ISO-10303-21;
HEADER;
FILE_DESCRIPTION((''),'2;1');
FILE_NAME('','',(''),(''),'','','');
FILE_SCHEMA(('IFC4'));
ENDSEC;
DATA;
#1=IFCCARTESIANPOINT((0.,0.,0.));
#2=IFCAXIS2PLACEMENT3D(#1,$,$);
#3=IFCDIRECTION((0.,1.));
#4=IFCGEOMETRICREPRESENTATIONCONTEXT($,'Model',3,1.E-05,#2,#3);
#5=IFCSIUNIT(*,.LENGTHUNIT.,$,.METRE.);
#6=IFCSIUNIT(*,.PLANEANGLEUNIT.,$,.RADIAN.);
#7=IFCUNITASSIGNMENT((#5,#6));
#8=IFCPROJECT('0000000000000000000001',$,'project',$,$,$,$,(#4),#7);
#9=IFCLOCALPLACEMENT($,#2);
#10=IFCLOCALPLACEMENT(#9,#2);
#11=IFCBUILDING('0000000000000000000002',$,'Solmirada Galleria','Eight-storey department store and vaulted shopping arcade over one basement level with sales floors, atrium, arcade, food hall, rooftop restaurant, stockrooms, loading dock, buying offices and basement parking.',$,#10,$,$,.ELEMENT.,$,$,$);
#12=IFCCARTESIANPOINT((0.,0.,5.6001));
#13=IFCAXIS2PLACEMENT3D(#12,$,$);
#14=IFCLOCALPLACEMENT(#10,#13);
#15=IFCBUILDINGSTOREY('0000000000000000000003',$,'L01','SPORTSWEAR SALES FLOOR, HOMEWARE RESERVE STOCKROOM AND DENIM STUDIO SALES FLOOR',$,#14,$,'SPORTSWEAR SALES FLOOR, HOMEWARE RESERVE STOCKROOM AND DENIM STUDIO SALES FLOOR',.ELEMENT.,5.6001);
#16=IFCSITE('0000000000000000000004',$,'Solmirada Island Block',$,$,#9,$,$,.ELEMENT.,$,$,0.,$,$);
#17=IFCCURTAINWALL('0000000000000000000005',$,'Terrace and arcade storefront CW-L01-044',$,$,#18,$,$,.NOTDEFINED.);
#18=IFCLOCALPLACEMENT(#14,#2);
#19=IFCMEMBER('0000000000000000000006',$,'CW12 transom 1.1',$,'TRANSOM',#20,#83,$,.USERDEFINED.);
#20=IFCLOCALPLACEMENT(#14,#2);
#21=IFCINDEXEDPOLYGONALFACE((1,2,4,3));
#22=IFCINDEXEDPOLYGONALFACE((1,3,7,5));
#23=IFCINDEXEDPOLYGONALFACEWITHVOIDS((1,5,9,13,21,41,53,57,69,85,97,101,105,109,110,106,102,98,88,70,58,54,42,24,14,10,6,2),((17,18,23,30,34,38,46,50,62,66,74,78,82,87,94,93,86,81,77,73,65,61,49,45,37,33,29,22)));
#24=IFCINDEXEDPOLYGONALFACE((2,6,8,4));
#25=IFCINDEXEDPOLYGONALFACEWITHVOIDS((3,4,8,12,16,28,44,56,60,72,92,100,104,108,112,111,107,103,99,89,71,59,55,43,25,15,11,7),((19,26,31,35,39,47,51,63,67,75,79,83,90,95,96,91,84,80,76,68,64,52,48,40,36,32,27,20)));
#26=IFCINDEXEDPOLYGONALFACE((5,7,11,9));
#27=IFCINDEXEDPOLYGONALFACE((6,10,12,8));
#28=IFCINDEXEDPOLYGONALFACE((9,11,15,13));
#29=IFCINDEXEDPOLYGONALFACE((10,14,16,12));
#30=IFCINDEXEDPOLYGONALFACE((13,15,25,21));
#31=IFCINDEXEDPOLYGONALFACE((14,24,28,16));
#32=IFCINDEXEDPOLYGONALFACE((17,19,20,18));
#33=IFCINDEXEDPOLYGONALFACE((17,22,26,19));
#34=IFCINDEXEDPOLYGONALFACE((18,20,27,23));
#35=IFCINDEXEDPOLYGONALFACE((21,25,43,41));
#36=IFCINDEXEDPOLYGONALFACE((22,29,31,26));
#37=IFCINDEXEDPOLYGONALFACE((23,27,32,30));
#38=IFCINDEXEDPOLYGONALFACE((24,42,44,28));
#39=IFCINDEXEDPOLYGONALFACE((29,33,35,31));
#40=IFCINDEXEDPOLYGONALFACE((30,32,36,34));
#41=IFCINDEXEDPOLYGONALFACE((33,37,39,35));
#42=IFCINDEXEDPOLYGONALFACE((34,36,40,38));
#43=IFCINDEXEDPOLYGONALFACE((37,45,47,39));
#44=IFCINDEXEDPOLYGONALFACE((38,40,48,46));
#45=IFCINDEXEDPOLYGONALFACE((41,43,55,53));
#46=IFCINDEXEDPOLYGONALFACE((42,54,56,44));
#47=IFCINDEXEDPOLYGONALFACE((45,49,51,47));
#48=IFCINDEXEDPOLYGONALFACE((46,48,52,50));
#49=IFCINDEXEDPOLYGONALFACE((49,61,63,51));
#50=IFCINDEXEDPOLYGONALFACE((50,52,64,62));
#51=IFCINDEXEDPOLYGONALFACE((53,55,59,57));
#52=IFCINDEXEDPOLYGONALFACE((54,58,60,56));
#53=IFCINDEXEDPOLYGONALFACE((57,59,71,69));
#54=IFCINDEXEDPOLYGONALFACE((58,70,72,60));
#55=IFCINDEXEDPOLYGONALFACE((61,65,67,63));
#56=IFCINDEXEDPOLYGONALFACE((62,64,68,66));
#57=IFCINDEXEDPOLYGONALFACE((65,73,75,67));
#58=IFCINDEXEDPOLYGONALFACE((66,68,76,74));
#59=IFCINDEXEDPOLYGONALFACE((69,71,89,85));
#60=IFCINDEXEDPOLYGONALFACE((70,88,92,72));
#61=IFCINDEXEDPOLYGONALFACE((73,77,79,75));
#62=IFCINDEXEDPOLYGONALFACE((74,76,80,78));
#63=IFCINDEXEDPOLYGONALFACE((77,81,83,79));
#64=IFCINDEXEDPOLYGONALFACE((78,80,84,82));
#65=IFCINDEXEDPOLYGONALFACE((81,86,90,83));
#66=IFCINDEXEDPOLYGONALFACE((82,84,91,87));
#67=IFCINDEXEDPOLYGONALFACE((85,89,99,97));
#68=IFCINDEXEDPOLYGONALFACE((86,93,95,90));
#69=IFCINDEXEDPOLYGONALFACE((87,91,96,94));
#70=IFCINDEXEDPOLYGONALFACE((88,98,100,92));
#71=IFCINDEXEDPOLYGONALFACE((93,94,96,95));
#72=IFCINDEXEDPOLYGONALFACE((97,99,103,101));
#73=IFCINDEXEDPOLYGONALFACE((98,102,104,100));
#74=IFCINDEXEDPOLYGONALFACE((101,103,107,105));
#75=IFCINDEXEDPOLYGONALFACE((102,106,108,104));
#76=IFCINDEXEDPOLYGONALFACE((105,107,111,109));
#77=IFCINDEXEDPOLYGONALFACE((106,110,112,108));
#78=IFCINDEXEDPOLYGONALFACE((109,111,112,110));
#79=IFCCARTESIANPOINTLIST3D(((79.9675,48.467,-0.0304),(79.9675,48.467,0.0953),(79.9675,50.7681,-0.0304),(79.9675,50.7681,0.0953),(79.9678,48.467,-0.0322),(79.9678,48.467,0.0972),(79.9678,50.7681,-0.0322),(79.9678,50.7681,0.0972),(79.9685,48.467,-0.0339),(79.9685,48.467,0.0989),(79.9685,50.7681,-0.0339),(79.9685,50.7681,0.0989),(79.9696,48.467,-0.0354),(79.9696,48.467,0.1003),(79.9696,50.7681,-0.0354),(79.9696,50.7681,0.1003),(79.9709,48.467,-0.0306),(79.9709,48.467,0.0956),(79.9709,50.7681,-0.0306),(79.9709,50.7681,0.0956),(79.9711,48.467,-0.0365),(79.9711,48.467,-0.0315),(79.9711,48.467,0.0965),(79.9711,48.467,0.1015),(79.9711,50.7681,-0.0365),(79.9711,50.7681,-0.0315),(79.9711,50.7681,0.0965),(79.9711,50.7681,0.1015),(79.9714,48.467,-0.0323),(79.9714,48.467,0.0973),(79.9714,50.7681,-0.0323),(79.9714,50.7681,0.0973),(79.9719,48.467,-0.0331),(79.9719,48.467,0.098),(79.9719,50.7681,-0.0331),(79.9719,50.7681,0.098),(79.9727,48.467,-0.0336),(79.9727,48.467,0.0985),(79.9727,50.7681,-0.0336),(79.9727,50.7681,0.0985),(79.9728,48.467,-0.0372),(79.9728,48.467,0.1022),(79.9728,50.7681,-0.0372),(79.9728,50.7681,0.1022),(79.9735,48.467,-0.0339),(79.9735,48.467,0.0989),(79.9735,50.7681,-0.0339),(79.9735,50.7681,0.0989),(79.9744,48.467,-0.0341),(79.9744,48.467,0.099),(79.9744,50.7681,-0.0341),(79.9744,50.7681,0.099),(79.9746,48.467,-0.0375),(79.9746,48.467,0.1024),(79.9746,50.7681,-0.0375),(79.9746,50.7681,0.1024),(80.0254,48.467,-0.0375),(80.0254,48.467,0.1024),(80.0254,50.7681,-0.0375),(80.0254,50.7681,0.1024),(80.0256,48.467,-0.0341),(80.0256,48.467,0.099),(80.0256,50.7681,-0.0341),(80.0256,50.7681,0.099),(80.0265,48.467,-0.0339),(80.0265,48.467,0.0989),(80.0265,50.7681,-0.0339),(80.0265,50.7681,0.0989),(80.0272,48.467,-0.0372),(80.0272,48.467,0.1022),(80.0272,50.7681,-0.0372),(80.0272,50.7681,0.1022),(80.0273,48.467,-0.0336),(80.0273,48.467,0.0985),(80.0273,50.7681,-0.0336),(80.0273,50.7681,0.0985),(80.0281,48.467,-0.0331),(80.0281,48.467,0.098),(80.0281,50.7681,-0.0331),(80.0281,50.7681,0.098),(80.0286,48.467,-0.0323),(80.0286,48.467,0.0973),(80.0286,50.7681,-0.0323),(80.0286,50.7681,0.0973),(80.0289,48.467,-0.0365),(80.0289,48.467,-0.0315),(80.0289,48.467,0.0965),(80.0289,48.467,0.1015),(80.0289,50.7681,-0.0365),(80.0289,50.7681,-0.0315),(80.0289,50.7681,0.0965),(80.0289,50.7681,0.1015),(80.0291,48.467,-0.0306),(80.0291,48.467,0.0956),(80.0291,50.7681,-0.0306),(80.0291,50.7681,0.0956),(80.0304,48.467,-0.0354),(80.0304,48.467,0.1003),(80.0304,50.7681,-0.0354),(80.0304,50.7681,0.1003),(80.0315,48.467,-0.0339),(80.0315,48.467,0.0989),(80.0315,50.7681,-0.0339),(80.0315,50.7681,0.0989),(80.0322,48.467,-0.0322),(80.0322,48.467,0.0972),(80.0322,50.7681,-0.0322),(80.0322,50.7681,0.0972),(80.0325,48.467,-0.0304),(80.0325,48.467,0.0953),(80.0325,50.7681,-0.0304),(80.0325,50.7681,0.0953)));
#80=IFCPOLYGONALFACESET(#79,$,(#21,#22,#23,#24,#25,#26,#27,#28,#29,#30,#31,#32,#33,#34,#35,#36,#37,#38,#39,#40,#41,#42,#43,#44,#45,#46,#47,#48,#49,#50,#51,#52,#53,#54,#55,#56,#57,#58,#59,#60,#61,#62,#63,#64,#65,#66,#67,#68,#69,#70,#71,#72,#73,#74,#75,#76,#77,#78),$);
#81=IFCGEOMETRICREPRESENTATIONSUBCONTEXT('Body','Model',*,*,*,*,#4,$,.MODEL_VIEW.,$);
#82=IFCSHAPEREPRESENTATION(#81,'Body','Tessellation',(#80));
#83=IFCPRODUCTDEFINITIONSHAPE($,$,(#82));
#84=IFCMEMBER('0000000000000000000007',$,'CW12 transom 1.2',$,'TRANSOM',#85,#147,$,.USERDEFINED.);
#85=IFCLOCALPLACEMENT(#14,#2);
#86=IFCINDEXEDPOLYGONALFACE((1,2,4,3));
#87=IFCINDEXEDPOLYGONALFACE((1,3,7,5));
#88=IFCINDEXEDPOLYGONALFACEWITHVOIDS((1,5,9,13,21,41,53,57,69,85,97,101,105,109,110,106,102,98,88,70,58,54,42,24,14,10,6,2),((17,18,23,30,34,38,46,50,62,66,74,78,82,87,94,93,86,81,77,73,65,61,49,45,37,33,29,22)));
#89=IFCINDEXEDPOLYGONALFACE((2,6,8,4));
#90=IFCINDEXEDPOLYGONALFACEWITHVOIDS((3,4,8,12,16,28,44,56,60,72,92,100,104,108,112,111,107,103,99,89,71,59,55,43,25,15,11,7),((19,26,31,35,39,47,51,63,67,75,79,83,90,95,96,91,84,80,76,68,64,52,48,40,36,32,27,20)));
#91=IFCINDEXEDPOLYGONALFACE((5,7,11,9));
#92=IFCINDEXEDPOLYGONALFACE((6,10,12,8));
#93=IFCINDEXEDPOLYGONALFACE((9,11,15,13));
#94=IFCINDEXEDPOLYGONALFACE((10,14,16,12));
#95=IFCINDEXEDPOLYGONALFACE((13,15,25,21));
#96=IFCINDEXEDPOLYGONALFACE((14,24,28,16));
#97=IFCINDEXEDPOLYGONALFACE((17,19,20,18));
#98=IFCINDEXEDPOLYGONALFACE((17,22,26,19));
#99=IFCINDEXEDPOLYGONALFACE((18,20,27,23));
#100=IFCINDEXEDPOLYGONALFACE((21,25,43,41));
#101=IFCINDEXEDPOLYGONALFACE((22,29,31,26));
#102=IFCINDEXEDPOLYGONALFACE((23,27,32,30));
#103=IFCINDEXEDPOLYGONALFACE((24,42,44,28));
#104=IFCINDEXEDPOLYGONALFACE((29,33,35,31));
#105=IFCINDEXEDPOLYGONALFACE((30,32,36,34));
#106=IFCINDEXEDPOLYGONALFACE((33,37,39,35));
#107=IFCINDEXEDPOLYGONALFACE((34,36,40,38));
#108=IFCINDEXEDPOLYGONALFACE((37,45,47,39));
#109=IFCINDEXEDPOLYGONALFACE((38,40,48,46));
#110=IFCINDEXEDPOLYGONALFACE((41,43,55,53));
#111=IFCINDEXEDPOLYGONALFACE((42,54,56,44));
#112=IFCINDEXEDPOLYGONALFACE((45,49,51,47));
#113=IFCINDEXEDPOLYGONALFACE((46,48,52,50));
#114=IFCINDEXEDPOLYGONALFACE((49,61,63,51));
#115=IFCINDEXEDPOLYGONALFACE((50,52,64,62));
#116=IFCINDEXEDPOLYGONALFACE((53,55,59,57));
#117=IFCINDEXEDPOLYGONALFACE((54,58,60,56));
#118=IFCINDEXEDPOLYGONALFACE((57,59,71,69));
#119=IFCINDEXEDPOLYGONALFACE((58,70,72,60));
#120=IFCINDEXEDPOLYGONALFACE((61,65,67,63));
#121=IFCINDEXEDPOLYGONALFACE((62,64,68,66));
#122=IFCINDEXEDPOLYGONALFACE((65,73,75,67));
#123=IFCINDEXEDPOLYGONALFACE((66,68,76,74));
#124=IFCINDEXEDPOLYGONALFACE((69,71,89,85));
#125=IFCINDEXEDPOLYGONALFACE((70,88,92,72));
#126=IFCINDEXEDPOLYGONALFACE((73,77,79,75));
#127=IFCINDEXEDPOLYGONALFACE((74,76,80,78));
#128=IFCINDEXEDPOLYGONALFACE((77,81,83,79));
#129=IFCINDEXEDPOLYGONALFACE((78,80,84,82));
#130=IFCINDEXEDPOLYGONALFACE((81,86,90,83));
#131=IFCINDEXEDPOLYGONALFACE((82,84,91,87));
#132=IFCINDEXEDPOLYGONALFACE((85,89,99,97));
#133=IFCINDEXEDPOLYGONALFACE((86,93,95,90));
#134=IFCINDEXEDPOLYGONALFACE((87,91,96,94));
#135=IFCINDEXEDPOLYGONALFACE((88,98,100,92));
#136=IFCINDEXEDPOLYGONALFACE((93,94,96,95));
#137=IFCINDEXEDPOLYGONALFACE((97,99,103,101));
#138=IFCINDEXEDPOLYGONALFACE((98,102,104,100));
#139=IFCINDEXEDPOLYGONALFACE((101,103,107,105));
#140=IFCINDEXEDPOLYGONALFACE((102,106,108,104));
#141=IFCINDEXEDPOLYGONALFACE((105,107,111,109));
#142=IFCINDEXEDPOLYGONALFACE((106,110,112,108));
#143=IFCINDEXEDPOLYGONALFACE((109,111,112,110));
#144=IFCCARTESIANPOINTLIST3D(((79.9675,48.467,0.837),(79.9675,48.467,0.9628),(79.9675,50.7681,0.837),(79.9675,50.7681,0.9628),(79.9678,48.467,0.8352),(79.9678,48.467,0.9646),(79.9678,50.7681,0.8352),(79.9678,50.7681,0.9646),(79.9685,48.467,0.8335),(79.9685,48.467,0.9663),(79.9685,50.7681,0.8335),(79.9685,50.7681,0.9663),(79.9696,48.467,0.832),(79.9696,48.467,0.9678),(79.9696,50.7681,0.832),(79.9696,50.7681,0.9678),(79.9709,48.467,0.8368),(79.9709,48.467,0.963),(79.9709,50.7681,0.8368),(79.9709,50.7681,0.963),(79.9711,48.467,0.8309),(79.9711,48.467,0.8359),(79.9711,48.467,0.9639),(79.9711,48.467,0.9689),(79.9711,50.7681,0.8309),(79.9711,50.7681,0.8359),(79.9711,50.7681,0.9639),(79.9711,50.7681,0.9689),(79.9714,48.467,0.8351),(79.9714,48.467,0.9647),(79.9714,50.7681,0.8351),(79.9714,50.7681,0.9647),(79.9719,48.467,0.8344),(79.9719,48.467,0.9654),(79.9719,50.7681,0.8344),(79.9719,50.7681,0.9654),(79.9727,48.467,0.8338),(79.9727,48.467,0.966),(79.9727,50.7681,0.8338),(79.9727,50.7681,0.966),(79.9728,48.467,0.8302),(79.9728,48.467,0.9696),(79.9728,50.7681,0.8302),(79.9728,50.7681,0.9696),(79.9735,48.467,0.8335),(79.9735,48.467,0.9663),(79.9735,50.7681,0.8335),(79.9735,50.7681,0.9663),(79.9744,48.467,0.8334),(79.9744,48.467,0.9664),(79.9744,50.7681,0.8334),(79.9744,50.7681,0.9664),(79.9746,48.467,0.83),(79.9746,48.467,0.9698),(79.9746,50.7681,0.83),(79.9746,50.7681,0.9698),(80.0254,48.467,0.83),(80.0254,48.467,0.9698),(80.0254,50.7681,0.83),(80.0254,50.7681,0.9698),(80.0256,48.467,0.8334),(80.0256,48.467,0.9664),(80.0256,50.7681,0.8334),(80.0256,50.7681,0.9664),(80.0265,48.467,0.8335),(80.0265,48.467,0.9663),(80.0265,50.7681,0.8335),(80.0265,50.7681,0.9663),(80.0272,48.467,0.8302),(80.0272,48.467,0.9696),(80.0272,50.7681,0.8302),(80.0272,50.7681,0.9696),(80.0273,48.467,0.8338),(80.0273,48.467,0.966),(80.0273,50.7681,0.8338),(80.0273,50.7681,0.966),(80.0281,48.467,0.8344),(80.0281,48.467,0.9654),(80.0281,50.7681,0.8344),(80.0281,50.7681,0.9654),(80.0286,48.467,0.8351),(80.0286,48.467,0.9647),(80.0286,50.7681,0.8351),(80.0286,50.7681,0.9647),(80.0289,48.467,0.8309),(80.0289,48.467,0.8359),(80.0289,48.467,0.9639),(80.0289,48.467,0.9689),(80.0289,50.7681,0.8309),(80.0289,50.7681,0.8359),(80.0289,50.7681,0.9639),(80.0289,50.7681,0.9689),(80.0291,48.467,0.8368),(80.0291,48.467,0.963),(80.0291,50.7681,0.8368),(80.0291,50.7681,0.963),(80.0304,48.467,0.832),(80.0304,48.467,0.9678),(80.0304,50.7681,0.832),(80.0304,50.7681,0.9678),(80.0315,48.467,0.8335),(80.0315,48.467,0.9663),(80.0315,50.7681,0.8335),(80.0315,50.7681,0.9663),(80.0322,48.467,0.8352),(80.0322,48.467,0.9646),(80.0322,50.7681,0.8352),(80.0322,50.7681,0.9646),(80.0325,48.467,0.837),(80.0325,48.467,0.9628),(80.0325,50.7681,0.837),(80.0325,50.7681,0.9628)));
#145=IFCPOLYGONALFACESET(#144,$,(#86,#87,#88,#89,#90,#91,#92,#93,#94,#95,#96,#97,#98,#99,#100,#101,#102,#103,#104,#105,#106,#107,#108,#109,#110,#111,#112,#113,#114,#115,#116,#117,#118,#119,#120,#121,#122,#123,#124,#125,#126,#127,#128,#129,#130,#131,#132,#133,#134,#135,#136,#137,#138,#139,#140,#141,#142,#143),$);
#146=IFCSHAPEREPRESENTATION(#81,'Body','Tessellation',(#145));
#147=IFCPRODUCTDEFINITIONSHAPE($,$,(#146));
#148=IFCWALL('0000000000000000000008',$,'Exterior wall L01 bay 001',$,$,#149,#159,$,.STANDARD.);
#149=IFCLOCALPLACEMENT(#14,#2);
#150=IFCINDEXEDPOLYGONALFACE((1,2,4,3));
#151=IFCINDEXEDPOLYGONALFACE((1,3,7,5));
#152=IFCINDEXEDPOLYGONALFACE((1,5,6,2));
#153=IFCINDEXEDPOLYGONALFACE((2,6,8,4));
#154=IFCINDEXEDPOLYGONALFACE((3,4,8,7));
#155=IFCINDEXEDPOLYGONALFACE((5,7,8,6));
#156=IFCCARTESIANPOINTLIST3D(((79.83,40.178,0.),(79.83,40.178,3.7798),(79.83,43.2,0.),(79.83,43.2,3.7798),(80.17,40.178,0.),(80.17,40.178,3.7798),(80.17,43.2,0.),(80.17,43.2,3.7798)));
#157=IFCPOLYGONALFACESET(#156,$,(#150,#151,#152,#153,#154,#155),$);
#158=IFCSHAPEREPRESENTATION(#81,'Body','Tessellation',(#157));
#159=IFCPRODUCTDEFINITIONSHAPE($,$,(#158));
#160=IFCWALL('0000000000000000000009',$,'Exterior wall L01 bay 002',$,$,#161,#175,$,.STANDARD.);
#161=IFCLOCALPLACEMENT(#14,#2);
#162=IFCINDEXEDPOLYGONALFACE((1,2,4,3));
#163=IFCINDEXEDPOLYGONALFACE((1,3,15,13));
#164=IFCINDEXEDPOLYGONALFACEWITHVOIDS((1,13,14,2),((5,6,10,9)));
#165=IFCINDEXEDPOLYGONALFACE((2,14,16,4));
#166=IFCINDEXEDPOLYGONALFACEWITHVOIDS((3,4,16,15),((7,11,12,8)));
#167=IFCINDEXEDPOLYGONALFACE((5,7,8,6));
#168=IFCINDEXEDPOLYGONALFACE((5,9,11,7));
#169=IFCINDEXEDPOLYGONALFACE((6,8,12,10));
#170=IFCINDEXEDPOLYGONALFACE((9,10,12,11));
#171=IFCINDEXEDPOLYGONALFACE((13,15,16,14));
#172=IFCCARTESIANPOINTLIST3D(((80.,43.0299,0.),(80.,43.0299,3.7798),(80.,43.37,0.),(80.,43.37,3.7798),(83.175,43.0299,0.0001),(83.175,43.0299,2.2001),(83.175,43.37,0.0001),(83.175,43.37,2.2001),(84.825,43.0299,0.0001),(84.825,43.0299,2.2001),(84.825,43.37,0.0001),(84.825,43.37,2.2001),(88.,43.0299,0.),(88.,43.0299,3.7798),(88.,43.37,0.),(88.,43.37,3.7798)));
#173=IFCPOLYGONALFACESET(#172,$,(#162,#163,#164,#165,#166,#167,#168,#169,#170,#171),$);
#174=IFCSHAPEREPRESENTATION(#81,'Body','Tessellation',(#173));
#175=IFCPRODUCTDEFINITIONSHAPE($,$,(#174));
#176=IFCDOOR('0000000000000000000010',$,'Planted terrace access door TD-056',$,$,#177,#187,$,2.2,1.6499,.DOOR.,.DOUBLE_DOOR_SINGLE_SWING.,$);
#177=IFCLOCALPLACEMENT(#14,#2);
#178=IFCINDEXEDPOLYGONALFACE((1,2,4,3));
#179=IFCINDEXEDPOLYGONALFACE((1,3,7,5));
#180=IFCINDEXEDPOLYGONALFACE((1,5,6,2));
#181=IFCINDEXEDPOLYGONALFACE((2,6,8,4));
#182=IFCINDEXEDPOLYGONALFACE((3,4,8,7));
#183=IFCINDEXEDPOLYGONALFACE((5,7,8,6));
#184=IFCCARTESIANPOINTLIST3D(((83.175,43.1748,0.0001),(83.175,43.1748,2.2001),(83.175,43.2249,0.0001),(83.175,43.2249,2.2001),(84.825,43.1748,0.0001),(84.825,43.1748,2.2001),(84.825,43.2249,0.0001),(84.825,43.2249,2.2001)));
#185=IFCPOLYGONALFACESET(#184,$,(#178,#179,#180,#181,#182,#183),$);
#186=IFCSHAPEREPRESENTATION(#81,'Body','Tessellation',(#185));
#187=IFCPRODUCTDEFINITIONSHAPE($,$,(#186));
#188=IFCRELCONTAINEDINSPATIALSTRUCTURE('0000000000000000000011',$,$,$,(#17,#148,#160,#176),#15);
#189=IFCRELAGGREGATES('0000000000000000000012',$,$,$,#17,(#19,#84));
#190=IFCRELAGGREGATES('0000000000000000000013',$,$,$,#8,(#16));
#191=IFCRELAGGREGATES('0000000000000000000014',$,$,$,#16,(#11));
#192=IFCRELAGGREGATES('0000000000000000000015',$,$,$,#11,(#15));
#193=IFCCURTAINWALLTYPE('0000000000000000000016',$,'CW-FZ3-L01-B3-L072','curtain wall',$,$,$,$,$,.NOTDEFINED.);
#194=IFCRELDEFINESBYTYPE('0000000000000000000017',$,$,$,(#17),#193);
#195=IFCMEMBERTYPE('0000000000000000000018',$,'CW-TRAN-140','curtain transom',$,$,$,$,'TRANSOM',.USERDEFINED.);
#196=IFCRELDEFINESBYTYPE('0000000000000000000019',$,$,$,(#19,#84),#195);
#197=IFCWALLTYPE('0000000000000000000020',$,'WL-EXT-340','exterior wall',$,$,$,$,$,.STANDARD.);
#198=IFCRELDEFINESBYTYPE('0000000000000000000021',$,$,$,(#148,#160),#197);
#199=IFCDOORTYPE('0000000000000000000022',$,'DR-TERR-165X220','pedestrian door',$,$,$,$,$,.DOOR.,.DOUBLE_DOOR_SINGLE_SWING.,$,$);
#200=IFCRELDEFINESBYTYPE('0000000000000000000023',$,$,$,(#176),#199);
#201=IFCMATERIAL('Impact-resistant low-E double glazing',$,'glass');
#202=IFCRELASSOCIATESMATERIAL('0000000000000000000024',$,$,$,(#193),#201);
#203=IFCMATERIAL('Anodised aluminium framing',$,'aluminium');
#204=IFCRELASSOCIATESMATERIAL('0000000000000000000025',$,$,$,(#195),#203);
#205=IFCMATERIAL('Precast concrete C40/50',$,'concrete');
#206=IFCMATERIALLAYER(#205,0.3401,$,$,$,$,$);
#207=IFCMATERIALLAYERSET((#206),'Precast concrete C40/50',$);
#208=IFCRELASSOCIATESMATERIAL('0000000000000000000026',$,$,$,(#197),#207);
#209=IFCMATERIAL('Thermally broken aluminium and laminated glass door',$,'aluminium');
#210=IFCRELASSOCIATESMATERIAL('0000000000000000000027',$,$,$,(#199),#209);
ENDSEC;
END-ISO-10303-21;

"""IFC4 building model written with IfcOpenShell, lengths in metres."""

from ifc_helpers import new_model, si_unit, direction, frame, frame_2d, origin, origin_2d, place, context, subcontext, project, spatial, rectangle, hollow_rectangle, extrude, material, layer, layer_set, material_profile, profile_set, type_object, element, fill, aggregate, save


model = new_model("IFC4")

# Units and contexts
model_context = context("Model", 3, precision=1e-05, world=origin(), true_north=direction((0.0, 1.0)))
body_context = subcontext(model_context, "Body", "Model", "MODEL_VIEW")
ifc_project = project(units=[si_unit("LENGTHUNIT", "METRE"), si_unit("PLANEANGLEUNIT", "RADIAN")], contexts=[model_context])

# Site, building, storey
site_placement = place(None, origin())
site = spatial("IfcSite", under=ifc_project, at=site_placement, Name="Solmirada Island Block", CompositionType="ELEMENT", RefElevation=0.0)
building_placement = place(site_placement, origin())
building = spatial("IfcBuilding", under=site, at=building_placement, Name="Solmirada Galleria", Description="Eight-storey department store and vaulted shopping arcade over one basement level with sales floors, atrium, arcade, food hall, rooftop restaurant, stockrooms, loading dock, buying offices and basement parking.", CompositionType="ELEMENT")
storey_placement = place(building_placement, frame((0.0, 0.0, 5.6001)))
storey = spatial("IfcBuildingStorey", under=building, at=storey_placement, Name="L01", Description="SPORTSWEAR SALES FLOOR, HOMEWARE RESERVE STOCKROOM AND DENIM STUDIO SALES FLOOR", LongName="SPORTSWEAR SALES FLOOR, HOMEWARE RESERVE STOCKROOM AND DENIM STUDIO SALES FLOOR", CompositionType="ELEMENT", Elevation=5.6001)

# Curtain wall, members
ifc_material_1 = material(Name="Impact-resistant low-E double glazing", Category="glass")
curtain_wall_type = type_object("IfcCurtainWallType", Name="CW-FZ3-L01-B3-L072", Description="curtain wall", PredefinedType="NOTDEFINED", material=ifc_material_1)
curtain_wall_placement = place(storey_placement, origin())
curtain_wall = element("IfcCurtainWall", 1, at=curtain_wall_placement, inside=storey, type_object=curtain_wall_type, Name="Terrace and arcade storefront CW-L01-044", PredefinedType="NOTDEFINED")
ifc_material_2 = material(Name="Anodised aluminium framing", Category="aluminium")
ifc_material_profile_1 = material_profile(ifc_material_2, hollow_rectangle(XDim=0.0649, YDim=0.1399, WallThickness=0.0034, InnerFilletRadius=0.0034, OuterFilletRadius=0.0071, at=origin_2d()), Name="ALU-TRAN-140X65")
ifc_profile_set_1 = profile_set([ifc_material_profile_1], Name="Anodised aluminium framing")
member_type_1 = type_object("IfcMemberType", Name="CW-TRAN-140", Description="curtain transom", ElementType="TRANSOM", PredefinedType="USERDEFINED", material=ifc_profile_set_1)
member_1_placement = place(storey_placement, frame((80.0, 48.467, 0.0325), z_axis=(0.0, 1.0, 0.0), x_axis=(-1.0, 0.0, 0.0)))
member_1 = element("IfcMember", 2, at=member_1_placement, type_object=member_type_1, Name="CW12 transom 1.1", ObjectType="TRANSOM", PredefinedType="USERDEFINED", context=body_context, shape_type="SweptSolid", body=[
    extrude(hollow_rectangle(XDim=0.0649, YDim=0.1399, WallThickness=0.0034, InnerFilletRadius=0.0034, OuterFilletRadius=0.0071, at=origin_2d()), origin(), (0.0, 0.0, 1.0), 2.301),
])
member_2_placement = place(storey_placement, frame((80.0, 48.467, 0.8999), z_axis=(0.0, 1.0, 0.0), x_axis=(-1.0, 0.0, 0.0)))
member_2 = element("IfcMember", 3, at=member_2_placement, type_object=member_type_1, Name="CW12 transom 1.2", ObjectType="TRANSOM", PredefinedType="USERDEFINED", context=body_context, shape_type="SweptSolid", body=[
    extrude(hollow_rectangle(XDim=0.0649, YDim=0.1399, WallThickness=0.0034, InnerFilletRadius=0.0034, OuterFilletRadius=0.0071, at=origin_2d()), origin(), (0.0, 0.0, 1.0), 2.301),
])
aggregate(curtain_wall, [member_1, member_2])

# Wall
ifc_material_3 = material(Name="Precast concrete C40/50", Category="concrete")
ifc_layer_1 = layer(ifc_material_3, 0.3401)
ifc_layer_set_1 = layer_set([ifc_layer_1], Name="Precast concrete C40/50")
wall_type = type_object("IfcWallType", Name="WL-EXT-340", Description="exterior wall", PredefinedType="STANDARD", material=ifc_layer_set_1)
wall_1_placement = place(storey_placement, frame((80.0, 40.178, 0.0), z_axis=(0.0, 0.0, 1.0), x_axis=(0.0, 1.0, 0.0)))
element("IfcWall", 4, at=wall_1_placement, inside=storey, type_object=wall_type, Name="Exterior wall L01 bay 001", PredefinedType="STANDARD", context=body_context, shape_type="SweptSolid", body=[
    extrude(rectangle(XDim=3.022, YDim=0.3401, at=frame_2d((1.511, 0.0))), origin(), (0.0, 0.0, 1.0), 3.7798),
])

# Wall, opening, door
wall_2_placement = place(storey_placement, frame((80.0, 43.2, 0.0), z_axis=(0.0, 0.0, 1.0), x_axis=(1.0, 0.0, 0.0)))
wall_2 = element("IfcWall", 5, at=wall_2_placement, inside=storey, type_object=wall_type, Name="Exterior wall L01 bay 002", PredefinedType="STANDARD", context=body_context, shape_type="SweptSolid", body=[
    extrude(rectangle(XDim=8.0, YDim=0.3401, at=frame_2d((4.0, 0.0))), origin(), (0.0, 0.0, 1.0), 3.7798),
])
opening_1_placement = place(wall_2_placement, frame((3.175, 0.0, 0.0)))
opening_1 = element("IfcOpeningElement", 6, at=opening_1_placement, cuts=wall_2, PredefinedType="OPENING", context=body_context, shape_type="SweptSolid", body=[
    extrude(rectangle(XDim=1.6499, YDim=2.2, at=frame_2d((0.825, 1.1001))), frame((0.0, 0.1799, 0.0), z_axis=(0.0, -1.0, 0.0), x_axis=(1.0, 0.0, 0.0)), (0.0, 0.0, 1.0), 0.3601),
])
ifc_material_4 = material(Name="Thermally broken aluminium and laminated glass door", Category="aluminium")
door_type = type_object("IfcDoorType", Name="DR-TERR-165X220", Description="pedestrian door", OperationType="DOUBLE_DOOR_SINGLE_SWING", PredefinedType="DOOR", material=ifc_material_4)
door_placement = place(opening_1_placement, origin())
door = element("IfcDoor", 7, at=door_placement, inside=storey, type_object=door_type, Name="Planted terrace access door TD-056", OperationType="DOUBLE_DOOR_SINGLE_SWING", OverallHeight=2.2, OverallWidth=1.6499, PredefinedType="DOOR", context=body_context, shape_type="SweptSolid", body=[
    extrude(rectangle(XDim=1.6499, YDim=2.2, at=frame_2d((0.825, 1.1001))), frame((0.0, 0.0249, 0.0), z_axis=(0.0, -1.0, 0.0), x_axis=(1.0, 0.0, 0.0)), (0.0, 0.0, 1.0), 0.05),
])
fill(opening_1, door)

save(model, "model.ifc")
